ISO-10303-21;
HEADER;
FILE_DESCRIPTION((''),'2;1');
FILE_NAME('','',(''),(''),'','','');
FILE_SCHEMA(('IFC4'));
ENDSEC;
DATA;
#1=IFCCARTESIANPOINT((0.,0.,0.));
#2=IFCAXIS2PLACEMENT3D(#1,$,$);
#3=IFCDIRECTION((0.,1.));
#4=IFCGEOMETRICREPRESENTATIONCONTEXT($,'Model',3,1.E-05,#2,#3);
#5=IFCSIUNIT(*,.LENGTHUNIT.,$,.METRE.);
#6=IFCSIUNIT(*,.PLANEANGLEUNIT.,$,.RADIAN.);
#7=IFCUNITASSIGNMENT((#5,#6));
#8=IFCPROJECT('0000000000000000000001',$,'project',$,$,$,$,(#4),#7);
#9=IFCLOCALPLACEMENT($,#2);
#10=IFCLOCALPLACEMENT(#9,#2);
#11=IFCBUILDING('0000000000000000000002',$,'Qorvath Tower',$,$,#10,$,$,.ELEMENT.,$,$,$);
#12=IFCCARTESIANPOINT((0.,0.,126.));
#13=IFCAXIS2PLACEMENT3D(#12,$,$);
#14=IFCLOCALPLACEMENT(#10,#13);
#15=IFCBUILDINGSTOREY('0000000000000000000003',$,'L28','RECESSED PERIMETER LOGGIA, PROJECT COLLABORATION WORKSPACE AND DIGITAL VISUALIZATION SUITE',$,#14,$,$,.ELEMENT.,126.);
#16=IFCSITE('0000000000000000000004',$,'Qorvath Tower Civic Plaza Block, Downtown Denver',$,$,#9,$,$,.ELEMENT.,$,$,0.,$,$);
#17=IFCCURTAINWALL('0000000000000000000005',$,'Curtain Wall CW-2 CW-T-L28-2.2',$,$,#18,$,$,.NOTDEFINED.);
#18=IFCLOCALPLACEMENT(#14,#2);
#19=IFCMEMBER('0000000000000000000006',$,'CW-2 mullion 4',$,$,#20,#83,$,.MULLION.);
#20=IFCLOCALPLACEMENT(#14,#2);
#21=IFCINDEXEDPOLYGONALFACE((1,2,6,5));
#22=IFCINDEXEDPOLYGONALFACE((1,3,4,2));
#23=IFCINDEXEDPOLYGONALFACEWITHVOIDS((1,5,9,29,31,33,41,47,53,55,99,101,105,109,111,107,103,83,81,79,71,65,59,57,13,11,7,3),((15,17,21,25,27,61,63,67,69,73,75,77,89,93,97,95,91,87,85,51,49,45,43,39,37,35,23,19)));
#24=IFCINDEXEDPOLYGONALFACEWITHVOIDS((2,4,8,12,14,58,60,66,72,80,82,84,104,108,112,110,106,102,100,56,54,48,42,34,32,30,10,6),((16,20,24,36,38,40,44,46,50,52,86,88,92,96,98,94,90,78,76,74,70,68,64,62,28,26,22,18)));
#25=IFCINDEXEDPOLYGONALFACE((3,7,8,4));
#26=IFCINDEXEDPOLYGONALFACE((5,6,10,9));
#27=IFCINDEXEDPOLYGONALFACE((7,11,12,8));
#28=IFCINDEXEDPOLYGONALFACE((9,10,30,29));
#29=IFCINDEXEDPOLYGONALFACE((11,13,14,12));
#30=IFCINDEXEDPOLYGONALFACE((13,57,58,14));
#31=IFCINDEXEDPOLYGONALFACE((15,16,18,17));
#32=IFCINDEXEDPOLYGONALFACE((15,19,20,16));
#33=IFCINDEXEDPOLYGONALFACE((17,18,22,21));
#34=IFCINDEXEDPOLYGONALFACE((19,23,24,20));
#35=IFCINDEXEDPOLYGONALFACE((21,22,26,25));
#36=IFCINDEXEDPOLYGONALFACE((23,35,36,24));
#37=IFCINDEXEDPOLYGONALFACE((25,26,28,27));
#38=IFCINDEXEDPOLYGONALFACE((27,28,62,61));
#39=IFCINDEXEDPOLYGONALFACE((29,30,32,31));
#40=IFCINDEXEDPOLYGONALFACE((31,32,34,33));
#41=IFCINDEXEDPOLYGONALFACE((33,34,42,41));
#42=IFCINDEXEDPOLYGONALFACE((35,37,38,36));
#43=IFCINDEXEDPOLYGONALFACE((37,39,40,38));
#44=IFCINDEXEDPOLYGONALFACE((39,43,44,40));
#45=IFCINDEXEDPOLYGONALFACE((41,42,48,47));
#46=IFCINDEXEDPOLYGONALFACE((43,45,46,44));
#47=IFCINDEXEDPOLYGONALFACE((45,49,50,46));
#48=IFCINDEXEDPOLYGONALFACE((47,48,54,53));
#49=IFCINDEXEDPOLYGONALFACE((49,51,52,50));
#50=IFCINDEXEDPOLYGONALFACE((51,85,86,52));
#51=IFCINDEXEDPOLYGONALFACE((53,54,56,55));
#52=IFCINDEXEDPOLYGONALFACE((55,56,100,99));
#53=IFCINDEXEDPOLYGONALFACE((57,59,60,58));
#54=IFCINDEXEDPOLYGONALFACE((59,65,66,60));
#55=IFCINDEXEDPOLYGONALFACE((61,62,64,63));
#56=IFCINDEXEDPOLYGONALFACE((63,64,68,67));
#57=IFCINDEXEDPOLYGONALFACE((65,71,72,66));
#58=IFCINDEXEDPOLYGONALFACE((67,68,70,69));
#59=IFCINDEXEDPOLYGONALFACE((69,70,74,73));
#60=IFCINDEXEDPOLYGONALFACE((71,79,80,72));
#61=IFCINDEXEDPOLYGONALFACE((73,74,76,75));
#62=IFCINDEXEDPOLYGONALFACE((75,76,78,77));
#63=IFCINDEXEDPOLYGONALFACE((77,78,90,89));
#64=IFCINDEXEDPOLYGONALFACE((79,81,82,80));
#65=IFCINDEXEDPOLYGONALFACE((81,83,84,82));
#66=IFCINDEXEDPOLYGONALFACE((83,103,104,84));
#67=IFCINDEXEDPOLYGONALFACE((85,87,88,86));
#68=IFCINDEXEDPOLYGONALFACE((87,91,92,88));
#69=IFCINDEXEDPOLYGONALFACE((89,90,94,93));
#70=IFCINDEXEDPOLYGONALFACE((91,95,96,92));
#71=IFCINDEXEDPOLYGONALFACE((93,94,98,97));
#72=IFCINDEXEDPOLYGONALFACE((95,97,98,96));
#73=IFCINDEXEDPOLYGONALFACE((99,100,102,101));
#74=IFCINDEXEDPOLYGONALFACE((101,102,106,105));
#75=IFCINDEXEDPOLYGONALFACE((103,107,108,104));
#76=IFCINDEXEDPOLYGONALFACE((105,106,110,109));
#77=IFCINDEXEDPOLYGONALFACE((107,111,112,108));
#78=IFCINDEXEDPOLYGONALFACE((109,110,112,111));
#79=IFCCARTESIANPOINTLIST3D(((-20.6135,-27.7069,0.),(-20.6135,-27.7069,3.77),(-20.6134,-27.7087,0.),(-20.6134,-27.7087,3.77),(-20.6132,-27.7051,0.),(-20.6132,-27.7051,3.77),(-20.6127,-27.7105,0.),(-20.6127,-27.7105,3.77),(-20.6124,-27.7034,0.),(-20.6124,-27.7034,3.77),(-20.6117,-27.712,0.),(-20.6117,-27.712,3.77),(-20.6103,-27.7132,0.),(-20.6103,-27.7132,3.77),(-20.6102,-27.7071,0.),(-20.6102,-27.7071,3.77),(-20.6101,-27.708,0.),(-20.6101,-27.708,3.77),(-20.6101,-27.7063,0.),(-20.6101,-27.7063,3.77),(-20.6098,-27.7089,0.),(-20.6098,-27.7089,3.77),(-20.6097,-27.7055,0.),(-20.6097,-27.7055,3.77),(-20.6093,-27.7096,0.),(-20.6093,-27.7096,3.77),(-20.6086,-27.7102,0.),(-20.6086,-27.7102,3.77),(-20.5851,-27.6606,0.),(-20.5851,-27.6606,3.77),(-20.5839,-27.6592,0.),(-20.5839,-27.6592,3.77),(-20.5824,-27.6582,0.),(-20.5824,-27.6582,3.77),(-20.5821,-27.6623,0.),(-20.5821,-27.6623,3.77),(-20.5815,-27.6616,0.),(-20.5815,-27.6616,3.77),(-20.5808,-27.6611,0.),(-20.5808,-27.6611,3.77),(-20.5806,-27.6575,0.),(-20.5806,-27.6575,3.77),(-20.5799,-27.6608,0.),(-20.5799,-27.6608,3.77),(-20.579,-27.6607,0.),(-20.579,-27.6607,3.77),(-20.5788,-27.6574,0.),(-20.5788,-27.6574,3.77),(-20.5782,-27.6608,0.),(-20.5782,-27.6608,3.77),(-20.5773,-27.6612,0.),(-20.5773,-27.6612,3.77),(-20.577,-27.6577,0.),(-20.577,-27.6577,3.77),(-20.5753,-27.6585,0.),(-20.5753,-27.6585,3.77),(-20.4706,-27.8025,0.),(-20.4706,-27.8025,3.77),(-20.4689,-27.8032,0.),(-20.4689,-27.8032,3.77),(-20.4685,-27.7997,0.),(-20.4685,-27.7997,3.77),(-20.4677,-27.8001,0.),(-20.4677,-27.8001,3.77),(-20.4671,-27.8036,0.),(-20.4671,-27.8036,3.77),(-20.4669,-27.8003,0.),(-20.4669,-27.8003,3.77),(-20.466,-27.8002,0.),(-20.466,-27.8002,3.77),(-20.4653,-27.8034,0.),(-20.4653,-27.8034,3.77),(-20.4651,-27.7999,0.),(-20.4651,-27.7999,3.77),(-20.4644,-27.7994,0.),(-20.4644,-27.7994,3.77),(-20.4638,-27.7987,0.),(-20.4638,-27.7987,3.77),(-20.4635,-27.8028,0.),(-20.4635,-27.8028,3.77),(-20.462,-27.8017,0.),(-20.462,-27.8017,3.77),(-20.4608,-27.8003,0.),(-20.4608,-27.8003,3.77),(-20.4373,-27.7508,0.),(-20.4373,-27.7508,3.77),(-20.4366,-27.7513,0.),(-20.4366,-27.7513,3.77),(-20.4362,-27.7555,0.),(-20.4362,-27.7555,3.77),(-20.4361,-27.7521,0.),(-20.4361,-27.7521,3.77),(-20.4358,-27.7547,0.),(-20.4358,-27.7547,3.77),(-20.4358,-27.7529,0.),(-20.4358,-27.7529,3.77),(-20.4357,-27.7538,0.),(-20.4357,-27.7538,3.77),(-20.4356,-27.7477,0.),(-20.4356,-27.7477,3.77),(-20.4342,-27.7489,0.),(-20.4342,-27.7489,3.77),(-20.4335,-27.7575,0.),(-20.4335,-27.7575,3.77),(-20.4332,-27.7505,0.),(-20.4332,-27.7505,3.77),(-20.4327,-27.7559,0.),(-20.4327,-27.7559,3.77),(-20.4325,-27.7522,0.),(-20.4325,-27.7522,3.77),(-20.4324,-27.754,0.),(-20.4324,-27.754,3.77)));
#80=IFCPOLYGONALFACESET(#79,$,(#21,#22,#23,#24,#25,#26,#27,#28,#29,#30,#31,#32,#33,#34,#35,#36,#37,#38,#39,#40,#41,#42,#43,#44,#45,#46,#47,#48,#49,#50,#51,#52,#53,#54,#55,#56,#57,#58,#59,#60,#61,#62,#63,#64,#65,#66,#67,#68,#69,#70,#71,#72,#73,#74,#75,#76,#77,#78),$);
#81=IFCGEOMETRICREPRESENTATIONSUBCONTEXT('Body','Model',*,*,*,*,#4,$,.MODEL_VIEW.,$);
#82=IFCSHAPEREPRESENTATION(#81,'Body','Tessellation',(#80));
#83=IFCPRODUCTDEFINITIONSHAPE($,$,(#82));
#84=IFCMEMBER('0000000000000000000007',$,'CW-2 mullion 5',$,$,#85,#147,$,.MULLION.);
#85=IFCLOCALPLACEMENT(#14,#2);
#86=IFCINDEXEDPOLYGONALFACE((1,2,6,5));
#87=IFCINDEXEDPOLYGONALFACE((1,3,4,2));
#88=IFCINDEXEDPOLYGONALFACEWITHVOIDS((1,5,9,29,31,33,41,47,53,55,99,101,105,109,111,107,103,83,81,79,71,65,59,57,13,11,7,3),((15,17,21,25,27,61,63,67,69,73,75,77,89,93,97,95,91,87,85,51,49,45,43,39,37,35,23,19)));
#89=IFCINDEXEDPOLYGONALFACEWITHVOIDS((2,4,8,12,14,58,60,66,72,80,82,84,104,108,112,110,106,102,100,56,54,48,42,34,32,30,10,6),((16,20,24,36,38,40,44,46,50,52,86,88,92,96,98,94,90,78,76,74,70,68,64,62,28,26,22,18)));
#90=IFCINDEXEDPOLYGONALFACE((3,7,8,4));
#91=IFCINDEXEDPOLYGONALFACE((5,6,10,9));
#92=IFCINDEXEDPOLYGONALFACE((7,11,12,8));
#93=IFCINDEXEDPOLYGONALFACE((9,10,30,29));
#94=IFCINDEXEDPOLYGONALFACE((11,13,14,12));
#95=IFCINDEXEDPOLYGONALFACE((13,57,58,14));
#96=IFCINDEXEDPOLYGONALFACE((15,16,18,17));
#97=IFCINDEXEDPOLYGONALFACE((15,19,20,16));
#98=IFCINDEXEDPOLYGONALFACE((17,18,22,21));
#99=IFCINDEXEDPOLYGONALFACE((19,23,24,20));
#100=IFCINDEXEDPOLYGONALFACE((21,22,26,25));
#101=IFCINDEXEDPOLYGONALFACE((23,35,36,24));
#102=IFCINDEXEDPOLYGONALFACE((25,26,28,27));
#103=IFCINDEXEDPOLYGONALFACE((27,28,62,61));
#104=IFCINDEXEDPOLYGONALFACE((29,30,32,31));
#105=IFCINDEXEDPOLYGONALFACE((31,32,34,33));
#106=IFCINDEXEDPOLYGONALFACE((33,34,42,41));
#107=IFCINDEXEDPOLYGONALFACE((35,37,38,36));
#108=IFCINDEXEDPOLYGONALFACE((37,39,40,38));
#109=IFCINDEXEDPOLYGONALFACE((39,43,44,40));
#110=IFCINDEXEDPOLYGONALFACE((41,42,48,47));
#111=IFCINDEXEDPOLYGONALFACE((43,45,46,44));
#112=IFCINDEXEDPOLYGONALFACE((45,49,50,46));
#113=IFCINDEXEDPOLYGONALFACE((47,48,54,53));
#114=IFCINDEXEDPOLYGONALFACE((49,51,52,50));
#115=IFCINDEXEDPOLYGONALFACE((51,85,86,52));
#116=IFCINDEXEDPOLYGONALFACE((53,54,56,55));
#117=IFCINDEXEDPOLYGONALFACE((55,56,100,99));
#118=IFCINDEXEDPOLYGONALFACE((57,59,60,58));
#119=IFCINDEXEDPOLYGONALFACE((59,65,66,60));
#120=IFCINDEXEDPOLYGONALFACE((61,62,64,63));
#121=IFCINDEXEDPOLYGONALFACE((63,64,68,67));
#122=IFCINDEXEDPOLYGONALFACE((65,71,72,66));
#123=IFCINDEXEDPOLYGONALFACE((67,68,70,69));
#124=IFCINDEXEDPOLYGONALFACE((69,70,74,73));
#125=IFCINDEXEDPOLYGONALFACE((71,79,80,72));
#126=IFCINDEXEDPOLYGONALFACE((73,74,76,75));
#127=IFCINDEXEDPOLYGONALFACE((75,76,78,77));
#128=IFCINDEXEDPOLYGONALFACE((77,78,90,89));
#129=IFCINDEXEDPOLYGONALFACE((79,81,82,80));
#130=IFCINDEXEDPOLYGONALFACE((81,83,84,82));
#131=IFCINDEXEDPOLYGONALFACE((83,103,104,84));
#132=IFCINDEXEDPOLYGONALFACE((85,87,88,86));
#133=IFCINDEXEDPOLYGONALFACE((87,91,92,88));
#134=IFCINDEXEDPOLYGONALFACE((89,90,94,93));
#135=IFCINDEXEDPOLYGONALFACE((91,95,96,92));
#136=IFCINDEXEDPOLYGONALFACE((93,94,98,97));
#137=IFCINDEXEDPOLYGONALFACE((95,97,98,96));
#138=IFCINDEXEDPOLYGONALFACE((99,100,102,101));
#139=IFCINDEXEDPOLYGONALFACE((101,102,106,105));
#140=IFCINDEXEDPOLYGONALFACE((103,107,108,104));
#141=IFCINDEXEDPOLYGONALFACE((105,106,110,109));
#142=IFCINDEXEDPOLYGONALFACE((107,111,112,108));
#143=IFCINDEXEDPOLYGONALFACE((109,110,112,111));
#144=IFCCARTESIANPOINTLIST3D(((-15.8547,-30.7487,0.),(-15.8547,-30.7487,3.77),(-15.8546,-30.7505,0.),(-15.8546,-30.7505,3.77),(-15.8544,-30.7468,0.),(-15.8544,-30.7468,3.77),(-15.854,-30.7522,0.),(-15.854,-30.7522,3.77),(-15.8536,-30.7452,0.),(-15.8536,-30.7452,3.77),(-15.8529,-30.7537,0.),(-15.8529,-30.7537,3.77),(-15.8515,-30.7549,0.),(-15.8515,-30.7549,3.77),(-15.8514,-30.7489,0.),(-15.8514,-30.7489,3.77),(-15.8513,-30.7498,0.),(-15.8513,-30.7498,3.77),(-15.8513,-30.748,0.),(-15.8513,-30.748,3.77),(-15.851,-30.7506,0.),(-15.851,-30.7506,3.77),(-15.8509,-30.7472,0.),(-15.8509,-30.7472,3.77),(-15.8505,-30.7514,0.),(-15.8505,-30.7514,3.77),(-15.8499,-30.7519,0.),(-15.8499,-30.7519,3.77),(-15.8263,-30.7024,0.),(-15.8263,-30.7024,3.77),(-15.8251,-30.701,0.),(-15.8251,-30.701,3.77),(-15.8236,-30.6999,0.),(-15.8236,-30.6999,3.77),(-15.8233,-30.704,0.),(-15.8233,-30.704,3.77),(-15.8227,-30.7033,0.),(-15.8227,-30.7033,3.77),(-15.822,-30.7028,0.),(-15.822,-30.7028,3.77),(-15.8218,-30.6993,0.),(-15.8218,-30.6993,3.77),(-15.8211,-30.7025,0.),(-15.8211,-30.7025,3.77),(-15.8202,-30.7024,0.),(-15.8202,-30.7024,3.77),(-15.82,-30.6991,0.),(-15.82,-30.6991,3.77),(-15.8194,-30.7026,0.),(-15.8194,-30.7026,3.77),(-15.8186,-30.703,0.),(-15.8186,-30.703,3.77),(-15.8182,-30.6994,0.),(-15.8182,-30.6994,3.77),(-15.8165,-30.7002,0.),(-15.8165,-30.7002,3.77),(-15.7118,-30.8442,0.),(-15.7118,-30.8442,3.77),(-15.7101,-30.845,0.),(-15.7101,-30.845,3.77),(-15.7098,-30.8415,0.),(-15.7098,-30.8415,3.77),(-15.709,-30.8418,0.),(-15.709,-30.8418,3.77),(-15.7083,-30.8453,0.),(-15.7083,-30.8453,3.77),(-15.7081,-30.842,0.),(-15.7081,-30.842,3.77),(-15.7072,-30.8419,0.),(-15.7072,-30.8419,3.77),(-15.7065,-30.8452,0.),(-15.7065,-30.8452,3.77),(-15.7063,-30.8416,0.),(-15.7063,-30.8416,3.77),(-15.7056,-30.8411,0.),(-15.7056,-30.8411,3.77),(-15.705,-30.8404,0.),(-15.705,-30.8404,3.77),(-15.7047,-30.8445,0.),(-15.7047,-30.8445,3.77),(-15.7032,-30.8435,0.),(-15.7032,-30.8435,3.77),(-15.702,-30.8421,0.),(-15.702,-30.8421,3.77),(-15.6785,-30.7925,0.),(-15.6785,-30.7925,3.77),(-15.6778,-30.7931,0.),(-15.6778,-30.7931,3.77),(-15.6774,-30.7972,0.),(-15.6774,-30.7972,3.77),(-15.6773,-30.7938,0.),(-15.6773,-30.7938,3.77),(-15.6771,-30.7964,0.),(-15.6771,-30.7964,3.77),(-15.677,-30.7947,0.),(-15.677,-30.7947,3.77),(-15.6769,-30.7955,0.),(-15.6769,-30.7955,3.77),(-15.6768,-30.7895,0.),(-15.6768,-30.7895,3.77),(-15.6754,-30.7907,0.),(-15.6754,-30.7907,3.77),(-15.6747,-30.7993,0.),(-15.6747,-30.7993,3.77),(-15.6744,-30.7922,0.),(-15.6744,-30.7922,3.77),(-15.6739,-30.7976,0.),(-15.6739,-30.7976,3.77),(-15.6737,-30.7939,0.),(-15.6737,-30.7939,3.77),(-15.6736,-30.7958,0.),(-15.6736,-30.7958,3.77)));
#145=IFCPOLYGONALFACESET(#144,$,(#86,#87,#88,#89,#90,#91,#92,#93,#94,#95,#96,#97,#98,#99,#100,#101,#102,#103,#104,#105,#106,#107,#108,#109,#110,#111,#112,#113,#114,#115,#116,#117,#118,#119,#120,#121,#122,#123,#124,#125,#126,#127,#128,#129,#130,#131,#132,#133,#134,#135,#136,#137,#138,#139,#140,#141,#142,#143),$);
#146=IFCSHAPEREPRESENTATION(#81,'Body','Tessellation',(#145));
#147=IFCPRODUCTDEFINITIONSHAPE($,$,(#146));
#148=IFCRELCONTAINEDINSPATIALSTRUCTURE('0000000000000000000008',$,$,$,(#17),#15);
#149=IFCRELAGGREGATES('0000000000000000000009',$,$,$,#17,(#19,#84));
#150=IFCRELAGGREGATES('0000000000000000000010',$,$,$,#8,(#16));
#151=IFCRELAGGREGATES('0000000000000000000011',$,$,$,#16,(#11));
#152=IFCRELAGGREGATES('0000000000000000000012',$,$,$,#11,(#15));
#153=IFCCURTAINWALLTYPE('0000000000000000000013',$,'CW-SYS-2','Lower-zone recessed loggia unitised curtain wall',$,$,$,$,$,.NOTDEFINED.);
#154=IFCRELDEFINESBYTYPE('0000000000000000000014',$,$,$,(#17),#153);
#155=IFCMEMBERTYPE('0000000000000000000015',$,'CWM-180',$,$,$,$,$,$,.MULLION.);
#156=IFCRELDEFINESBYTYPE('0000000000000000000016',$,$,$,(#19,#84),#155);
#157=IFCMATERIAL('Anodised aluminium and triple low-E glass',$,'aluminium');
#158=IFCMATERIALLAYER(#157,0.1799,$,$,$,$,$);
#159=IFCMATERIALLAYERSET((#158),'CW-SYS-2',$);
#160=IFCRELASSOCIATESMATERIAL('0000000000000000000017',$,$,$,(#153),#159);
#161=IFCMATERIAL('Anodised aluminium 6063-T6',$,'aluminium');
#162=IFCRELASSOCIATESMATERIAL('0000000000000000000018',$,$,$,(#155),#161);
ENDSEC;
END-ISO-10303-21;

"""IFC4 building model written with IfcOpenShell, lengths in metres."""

from ifc_helpers import new_model, si_unit, direction, frame, origin, origin_2d, place, context, subcontext, project, spatial, hollow_rectangle, extrude, material, layer, layer_set, material_profile, profile_set, type_object, element, aggregate, save


model = new_model("IFC4")

# Units and contexts
model_context = context("Model", 3, precision=1e-05, world=origin(), true_north=direction((0.0, 1.0)))
body_context = subcontext(model_context, "Body", "Model", "MODEL_VIEW")
ifc_project = project(units=[si_unit("LENGTHUNIT", "METRE"), si_unit("PLANEANGLEUNIT", "RADIAN")], contexts=[model_context])

# Site, building, storey
site_placement = place(None, origin())
site = spatial("IfcSite", under=ifc_project, at=site_placement, Name="Qorvath Tower Civic Plaza Block, Downtown Denver", CompositionType="ELEMENT", RefElevation=0.0)
building_placement = place(site_placement, origin())
building = spatial("IfcBuilding", under=site, at=building_placement, Name="Qorvath Tower", CompositionType="ELEMENT")
storey_placement = place(building_placement, frame((0.0, 0.0, 126.0)))
storey = spatial("IfcBuildingStorey", under=building, at=storey_placement, Name="L28", Description="RECESSED PERIMETER LOGGIA, PROJECT COLLABORATION WORKSPACE AND DIGITAL VISUALIZATION SUITE", CompositionType="ELEMENT", Elevation=126.0)

# Curtain wall, members
ifc_material_1 = material(Name="Anodised aluminium and triple low-E glass", Category="aluminium")
ifc_layer_1 = layer(ifc_material_1, 0.1799)
ifc_layer_set_1 = layer_set([ifc_layer_1], Name="CW-SYS-2")
curtain_wall_type = type_object("IfcCurtainWallType", Name="CW-SYS-2", Description="Lower-zone recessed loggia unitised curtain wall", PredefinedType="NOTDEFINED", material=ifc_layer_set_1)
curtain_wall_1_placement = place(storey_placement, origin())
curtain_wall_1 = element("IfcCurtainWall", 1, at=curtain_wall_1_placement, inside=storey, type_object=curtain_wall_type, Name="Curtain Wall CW-2 CW-T-L28-2.2", PredefinedType="NOTDEFINED")
ifc_material_2 = material(Name="Anodised aluminium 6063-T6", Category="aluminium")
ifc_material_profile_1 = material_profile(ifc_material_2, hollow_rectangle(XDim=0.0649, YDim=0.1799, WallThickness=0.0034, InnerFilletRadius=0.0034, OuterFilletRadius=0.0071, at=origin_2d()), Name="CWM 180x65")
ifc_profile_set_1 = profile_set([ifc_material_profile_1], Name="Anodised aluminium 6063-T6")
member_type_1 = type_object("IfcMemberType", Name="CWM-180", PredefinedType="MULLION", material=ifc_profile_set_1)
member_1_placement = place(storey_placement, frame((-20.5229, -27.7305, 0.0), z_axis=(0.0, 0.0, 1.0), x_axis=(0.538536, 0.842602, 0.0)))
member_1 = element("IfcMember", 2, at=member_1_placement, type_object=member_type_1, Name="CW-2 mullion 4", PredefinedType="MULLION", context=body_context, shape_type="SweptSolid", body=[
    extrude(hollow_rectangle(XDim=0.0649, YDim=0.1799, WallThickness=0.0034, InnerFilletRadius=0.0034, OuterFilletRadius=0.0071, at=origin_2d()), origin(), (0.0, 0.0, 1.0), 3.77),
])
member_2_placement = place(storey_placement, frame((-15.7642, -30.7722, 0.0), z_axis=(0.0, 0.0, 1.0), x_axis=(0.538536, 0.842602, 0.0)))
member_2 = element("IfcMember", 3, at=member_2_placement, type_object=member_type_1, Name="CW-2 mullion 5", PredefinedType="MULLION", context=body_context, shape_type="SweptSolid", body=[
    extrude(hollow_rectangle(XDim=0.0649, YDim=0.1799, WallThickness=0.0034, InnerFilletRadius=0.0034, OuterFilletRadius=0.0071, at=origin_2d()), origin(), (0.0, 0.0, 1.0), 3.77),
])

aggregate(curtain_wall_1, [member_1, member_2])

save(model, "model.ifc")
